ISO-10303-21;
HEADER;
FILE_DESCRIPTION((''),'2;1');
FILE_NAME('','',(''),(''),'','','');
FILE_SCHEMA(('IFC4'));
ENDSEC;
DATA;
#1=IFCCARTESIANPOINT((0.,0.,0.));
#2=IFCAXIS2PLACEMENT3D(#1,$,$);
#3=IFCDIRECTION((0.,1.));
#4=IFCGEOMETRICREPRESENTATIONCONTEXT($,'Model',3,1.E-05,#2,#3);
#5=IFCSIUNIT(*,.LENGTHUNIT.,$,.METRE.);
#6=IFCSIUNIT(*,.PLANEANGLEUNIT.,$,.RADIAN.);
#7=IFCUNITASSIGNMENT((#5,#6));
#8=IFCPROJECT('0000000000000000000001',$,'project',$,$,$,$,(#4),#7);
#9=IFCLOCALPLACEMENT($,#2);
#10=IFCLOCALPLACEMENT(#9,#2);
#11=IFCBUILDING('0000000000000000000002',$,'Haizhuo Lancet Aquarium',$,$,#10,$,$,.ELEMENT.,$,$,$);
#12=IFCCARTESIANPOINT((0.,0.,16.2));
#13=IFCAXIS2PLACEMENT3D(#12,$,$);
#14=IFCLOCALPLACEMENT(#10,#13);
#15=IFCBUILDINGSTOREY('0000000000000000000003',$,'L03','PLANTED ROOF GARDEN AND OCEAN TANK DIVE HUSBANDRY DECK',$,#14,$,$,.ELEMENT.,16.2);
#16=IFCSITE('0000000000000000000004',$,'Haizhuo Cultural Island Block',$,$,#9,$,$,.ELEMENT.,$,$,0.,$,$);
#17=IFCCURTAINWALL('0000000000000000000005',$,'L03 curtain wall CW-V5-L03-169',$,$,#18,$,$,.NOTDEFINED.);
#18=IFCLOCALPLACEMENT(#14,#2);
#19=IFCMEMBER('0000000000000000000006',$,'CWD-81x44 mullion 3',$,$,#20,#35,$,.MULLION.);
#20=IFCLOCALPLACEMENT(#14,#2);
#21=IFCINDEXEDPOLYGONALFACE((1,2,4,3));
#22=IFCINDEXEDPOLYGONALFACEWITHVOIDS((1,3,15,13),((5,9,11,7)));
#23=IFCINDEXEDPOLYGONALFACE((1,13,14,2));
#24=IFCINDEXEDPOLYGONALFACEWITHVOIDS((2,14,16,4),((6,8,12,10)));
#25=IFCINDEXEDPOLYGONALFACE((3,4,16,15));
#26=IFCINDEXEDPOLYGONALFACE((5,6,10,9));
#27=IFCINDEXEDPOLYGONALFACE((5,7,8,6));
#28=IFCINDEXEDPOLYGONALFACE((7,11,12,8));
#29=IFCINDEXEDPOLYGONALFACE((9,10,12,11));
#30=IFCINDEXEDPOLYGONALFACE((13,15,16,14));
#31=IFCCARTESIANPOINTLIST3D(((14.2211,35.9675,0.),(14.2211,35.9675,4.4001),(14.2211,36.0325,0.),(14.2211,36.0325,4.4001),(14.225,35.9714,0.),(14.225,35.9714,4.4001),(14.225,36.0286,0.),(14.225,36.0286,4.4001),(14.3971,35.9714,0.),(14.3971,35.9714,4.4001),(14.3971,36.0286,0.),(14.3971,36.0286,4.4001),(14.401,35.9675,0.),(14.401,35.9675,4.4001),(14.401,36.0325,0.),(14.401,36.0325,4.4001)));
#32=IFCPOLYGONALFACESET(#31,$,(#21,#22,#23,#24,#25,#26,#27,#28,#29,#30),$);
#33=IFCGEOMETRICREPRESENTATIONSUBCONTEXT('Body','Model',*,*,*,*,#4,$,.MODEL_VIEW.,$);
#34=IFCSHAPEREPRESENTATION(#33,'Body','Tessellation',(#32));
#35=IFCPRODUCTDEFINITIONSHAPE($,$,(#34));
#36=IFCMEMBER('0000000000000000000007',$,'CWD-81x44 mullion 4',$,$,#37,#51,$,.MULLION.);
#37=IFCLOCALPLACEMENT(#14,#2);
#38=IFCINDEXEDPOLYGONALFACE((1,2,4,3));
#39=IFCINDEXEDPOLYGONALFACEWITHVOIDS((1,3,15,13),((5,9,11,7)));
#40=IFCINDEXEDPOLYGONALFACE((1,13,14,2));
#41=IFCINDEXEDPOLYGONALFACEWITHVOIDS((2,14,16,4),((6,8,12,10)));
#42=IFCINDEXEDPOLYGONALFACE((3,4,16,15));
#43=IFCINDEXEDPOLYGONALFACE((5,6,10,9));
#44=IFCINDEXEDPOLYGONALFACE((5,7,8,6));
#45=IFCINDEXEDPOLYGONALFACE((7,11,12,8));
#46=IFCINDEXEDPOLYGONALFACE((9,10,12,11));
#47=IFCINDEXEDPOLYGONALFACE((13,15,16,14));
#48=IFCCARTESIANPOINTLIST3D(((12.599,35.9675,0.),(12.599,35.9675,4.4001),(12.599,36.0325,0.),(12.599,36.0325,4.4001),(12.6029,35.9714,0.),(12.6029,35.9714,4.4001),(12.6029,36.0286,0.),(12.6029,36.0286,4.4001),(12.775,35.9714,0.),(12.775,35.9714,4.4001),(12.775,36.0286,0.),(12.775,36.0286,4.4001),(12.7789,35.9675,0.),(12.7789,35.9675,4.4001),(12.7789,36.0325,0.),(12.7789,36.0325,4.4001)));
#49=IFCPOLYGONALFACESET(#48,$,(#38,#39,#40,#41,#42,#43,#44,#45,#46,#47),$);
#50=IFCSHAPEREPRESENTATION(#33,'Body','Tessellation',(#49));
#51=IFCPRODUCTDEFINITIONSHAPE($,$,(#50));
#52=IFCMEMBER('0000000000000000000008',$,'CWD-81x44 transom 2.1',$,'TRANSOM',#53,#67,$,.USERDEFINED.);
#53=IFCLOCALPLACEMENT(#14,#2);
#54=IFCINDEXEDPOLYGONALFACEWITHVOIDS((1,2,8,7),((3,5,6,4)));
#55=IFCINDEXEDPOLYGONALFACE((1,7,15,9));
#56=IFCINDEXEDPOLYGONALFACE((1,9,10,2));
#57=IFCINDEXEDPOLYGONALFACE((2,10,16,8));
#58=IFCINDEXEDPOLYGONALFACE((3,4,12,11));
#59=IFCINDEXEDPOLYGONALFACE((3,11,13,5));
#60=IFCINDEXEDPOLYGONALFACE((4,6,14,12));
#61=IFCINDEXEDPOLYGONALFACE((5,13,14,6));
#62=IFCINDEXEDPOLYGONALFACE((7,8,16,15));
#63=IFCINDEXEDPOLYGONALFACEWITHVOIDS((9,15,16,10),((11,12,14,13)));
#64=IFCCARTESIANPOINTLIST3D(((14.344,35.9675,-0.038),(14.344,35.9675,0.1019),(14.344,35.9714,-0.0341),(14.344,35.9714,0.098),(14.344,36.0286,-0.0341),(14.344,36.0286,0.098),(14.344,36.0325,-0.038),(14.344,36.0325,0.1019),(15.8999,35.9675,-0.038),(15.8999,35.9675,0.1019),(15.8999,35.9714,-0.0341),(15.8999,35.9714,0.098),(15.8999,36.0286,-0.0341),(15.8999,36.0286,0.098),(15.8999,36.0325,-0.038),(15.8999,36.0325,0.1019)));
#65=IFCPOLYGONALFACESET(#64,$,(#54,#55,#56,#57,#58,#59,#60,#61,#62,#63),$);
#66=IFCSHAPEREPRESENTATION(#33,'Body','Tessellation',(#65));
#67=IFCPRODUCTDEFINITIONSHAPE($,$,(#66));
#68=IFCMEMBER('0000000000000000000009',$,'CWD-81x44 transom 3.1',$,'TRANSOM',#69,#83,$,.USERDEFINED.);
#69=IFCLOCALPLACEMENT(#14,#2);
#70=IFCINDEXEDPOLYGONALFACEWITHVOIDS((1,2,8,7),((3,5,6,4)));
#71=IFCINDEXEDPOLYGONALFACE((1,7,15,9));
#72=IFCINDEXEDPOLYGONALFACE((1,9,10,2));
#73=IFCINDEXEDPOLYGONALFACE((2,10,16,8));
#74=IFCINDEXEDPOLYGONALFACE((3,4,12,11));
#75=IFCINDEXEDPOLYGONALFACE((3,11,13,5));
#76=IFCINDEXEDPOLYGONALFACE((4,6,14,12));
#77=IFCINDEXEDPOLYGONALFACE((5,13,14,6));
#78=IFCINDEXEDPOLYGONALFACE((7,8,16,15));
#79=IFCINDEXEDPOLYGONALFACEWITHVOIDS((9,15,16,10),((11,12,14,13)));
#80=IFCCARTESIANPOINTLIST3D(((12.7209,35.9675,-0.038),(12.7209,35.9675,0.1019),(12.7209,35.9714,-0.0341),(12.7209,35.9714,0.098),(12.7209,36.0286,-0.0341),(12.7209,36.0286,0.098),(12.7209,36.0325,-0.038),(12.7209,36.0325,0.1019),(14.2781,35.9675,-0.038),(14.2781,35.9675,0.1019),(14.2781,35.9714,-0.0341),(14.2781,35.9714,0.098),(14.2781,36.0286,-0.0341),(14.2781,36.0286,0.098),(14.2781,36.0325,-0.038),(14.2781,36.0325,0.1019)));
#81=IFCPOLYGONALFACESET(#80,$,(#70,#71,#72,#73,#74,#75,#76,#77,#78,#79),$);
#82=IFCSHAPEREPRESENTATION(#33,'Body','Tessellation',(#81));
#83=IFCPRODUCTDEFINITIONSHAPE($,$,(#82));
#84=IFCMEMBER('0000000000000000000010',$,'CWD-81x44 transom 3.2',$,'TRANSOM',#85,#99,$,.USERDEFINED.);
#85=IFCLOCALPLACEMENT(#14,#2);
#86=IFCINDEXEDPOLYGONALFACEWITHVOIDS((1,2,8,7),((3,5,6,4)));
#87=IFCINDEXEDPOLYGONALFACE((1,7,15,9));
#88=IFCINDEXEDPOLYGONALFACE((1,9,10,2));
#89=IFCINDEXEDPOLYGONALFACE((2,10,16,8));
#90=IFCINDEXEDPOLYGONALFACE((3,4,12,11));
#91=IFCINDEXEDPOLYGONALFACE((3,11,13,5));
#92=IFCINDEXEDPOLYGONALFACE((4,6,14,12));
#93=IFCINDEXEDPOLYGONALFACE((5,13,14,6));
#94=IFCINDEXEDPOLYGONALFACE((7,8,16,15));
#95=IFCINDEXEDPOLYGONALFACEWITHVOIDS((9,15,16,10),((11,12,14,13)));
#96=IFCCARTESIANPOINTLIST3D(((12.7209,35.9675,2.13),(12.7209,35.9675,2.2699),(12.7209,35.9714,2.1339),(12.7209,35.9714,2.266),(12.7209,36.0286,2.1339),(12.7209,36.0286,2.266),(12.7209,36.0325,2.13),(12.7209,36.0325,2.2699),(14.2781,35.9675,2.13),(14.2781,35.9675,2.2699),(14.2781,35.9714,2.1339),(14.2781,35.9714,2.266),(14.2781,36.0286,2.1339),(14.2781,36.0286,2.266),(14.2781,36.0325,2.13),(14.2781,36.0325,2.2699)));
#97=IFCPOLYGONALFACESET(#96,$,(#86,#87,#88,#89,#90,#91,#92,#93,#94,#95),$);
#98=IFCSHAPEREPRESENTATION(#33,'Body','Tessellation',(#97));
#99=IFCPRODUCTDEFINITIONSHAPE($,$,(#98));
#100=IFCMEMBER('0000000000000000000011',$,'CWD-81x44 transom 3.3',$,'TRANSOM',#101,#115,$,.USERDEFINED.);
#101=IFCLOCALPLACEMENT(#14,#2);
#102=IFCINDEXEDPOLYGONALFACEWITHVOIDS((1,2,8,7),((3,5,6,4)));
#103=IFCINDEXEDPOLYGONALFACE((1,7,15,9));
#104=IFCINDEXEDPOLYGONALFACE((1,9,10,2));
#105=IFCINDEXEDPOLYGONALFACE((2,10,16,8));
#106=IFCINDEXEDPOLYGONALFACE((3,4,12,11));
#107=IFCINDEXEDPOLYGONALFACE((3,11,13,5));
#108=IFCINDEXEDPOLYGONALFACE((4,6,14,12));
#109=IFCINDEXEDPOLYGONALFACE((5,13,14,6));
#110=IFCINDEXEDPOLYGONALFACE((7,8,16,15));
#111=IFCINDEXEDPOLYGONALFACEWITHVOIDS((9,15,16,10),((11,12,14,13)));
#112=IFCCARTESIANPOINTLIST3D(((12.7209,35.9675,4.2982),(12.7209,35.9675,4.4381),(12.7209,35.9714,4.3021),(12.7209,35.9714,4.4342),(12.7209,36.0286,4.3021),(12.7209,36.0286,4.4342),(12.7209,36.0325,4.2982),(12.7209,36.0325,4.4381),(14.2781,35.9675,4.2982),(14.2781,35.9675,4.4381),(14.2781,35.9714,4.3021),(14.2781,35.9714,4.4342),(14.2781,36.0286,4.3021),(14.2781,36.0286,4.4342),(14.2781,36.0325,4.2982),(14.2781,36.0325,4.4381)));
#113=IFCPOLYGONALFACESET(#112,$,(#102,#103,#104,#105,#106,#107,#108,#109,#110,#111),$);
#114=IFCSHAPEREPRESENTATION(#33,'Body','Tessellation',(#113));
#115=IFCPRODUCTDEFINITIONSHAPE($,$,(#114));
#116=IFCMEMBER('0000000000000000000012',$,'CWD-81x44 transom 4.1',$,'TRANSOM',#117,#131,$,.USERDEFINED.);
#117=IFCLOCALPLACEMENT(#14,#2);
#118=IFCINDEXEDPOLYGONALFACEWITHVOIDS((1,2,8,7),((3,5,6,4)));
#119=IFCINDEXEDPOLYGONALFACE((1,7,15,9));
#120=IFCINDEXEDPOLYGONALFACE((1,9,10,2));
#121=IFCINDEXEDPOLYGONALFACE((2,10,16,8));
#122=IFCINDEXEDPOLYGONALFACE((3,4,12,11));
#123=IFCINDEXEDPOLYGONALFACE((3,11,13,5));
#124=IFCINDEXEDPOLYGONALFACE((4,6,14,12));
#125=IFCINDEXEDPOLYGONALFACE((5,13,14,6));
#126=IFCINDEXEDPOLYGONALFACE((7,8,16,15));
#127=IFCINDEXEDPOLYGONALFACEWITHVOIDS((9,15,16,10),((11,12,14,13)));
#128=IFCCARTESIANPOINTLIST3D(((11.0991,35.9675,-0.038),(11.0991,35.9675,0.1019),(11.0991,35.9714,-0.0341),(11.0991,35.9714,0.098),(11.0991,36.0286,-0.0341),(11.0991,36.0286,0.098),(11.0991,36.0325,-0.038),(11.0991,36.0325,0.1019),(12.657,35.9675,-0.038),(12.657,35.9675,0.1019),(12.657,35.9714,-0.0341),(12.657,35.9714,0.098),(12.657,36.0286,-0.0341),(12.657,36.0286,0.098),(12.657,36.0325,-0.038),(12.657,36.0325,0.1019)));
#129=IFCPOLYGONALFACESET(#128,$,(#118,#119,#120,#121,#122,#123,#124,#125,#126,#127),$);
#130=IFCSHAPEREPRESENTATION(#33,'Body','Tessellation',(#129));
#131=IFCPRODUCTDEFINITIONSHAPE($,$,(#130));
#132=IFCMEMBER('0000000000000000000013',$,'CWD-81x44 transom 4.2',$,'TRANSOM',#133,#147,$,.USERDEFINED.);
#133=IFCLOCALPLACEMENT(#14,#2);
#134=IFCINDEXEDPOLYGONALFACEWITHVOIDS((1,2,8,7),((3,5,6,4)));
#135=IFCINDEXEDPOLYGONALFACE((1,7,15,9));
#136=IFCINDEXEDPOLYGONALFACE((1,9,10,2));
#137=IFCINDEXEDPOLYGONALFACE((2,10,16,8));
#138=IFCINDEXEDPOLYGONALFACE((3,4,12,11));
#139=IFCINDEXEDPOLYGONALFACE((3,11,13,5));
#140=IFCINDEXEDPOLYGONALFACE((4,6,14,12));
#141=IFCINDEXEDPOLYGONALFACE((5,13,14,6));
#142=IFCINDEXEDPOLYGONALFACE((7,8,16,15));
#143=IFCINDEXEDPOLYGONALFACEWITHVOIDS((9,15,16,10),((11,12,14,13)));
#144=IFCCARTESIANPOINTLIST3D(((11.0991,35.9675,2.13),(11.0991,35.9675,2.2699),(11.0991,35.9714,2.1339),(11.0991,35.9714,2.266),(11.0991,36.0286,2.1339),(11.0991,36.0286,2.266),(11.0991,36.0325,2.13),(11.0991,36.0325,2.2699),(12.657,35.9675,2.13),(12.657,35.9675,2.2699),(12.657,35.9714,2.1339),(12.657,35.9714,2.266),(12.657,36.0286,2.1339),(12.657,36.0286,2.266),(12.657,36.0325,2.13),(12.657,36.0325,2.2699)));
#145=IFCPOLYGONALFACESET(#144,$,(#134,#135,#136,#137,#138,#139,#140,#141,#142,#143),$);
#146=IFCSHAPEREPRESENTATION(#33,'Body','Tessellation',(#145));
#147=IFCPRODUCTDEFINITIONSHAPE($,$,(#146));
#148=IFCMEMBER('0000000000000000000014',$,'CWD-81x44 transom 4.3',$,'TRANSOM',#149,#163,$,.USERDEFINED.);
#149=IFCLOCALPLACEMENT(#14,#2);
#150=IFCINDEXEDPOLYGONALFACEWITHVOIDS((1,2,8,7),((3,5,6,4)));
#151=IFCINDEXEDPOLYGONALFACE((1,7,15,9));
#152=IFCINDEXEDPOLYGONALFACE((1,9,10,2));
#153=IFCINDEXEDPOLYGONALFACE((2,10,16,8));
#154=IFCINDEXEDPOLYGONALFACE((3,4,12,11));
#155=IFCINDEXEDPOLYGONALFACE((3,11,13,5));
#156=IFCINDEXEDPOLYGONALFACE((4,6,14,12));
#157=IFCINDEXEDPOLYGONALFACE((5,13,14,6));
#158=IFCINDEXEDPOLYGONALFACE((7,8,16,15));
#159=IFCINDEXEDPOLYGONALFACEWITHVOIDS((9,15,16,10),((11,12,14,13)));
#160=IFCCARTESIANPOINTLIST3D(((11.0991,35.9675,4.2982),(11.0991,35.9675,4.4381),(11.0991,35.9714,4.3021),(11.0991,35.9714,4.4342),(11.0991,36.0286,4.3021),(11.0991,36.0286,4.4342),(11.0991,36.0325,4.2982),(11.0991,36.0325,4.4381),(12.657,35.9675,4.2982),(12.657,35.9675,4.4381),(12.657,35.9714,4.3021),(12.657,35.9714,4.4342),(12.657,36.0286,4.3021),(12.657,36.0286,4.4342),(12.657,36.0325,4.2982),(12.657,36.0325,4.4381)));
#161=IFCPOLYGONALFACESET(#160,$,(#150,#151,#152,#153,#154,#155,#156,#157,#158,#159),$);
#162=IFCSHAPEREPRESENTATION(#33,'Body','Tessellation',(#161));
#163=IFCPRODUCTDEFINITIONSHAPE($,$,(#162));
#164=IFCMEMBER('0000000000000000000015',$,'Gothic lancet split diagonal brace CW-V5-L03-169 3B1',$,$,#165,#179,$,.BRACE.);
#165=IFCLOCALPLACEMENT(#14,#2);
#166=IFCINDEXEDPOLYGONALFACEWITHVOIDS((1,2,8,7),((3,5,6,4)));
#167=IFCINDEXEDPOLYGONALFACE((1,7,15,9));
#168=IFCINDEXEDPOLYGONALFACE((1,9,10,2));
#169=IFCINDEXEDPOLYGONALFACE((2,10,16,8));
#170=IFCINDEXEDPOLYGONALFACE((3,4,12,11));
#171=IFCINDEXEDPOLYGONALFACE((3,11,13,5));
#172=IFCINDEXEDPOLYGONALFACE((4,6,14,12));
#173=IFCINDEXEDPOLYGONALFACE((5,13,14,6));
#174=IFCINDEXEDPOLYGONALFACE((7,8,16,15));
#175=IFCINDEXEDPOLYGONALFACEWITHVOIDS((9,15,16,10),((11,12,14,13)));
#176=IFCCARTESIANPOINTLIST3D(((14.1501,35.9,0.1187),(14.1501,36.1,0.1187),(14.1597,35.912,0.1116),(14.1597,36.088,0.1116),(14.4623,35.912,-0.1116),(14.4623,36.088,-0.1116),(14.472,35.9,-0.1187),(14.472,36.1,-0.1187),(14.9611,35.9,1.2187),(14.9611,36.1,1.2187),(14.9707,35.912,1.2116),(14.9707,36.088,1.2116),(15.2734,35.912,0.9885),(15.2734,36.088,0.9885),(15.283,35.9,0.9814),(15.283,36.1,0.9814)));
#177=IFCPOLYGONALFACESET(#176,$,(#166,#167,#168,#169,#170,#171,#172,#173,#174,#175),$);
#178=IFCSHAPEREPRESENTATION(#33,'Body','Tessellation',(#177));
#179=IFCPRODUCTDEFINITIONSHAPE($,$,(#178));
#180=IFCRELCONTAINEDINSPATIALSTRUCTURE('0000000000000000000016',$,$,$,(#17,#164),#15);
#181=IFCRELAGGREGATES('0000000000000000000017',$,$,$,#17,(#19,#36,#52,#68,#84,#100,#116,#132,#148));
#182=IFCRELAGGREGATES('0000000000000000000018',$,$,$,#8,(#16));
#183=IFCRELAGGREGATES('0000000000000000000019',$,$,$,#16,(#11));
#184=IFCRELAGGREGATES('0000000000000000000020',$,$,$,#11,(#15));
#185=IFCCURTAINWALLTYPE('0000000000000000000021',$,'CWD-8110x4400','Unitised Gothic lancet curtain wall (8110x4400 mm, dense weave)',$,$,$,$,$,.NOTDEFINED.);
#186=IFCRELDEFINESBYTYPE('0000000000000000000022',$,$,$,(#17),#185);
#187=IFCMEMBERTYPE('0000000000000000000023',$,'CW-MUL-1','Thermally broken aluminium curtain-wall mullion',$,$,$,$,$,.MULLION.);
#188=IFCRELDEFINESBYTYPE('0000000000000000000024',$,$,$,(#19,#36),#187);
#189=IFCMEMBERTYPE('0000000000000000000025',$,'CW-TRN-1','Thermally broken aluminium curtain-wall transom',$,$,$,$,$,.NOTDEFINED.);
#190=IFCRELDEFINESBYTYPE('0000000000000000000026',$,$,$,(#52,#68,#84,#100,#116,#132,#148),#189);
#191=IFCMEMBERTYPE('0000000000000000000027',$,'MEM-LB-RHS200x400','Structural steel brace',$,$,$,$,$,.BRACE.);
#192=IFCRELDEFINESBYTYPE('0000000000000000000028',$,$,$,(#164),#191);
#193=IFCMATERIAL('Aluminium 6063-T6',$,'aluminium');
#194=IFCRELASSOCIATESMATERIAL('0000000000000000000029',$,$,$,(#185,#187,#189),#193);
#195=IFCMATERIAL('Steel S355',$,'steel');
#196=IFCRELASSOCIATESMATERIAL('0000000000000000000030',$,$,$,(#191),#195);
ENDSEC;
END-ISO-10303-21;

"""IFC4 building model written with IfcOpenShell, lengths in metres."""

from ifc_helpers import new_model, si_unit, direction, frame, origin, origin_2d, place, context, subcontext, project, spatial, hollow_rectangle, extrude, material, material_profile, profile_set, type_object, element, aggregate, save


model = new_model("IFC4")

# Units and contexts
model_context = context("Model", 3, precision=1e-05, world=origin(), true_north=direction((0.0, 1.0)))
body_context = subcontext(model_context, "Body", "Model", "MODEL_VIEW")
ifc_project = project(units=[si_unit("LENGTHUNIT", "METRE"), si_unit("PLANEANGLEUNIT", "RADIAN")], contexts=[model_context])

# Site, building, storey
site_placement = place(None, origin())
site = spatial("IfcSite", under=ifc_project, at=site_placement, Name="Haizhuo Cultural Island Block", CompositionType="ELEMENT", RefElevation=0.0)
building_placement = place(site_placement, origin())
building = spatial("IfcBuilding", under=site, at=building_placement, Name="Haizhuo Lancet Aquarium", CompositionType="ELEMENT")
storey_placement = place(building_placement, frame((0.0, 0.0, 16.2)))
storey = spatial("IfcBuildingStorey", under=building, at=storey_placement, Name="L03", Description="PLANTED ROOF GARDEN AND OCEAN TANK DIVE HUSBANDRY DECK", CompositionType="ELEMENT", Elevation=16.2)

# Curtain wall, members
ifc_material_1 = material(Name="Aluminium 6063-T6", Category="aluminium")
curtain_wall_type = type_object("IfcCurtainWallType", Name="CWD-8110x4400", Description="Unitised Gothic lancet curtain wall (8110x4400 mm, dense weave)", PredefinedType="NOTDEFINED", material=ifc_material_1)
curtain_wall_placement = place(storey_placement, origin())
curtain_wall = element("IfcCurtainWall", 1, at=curtain_wall_placement, inside=storey, type_object=curtain_wall_type, Name="L03 curtain wall CW-V5-L03-169", PredefinedType="NOTDEFINED")
ifc_material_profile_1 = material_profile(ifc_material_1, hollow_rectangle(XDim=0.0649, YDim=0.1799, WallThickness=0.0039, at=origin_2d()), Name="ALU-M 65x180x4")
ifc_profile_set_1 = profile_set([ifc_material_profile_1], Name="Aluminium 6063-T6")
member_type_1 = type_object("IfcMemberType", Name="CW-MUL-1", Description="Thermally broken aluminium curtain-wall mullion", PredefinedType="MULLION", material=ifc_profile_set_1)
member_1_placement = place(storey_placement, frame((14.311, 36.0, 0.0), z_axis=(0.0, 0.0, 1.0), x_axis=(0.0, -1.0, 0.0)))
member_1 = element("IfcMember", 2, at=member_1_placement, type_object=member_type_1, Name="CWD-81x44 mullion 3", PredefinedType="MULLION", context=body_context, shape_type="SweptSolid", body=[
    extrude(hollow_rectangle(XDim=0.0649, YDim=0.1799, WallThickness=0.0039, at=origin_2d()), origin(), (0.0, 0.0, 1.0), 4.4001),
])
member_2_placement = place(storey_placement, frame((12.689, 36.0, 0.0), z_axis=(0.0, 0.0, 1.0), x_axis=(0.0, -1.0, 0.0)))
member_2 = element("IfcMember", 3, at=member_2_placement, type_object=member_type_1, Name="CWD-81x44 mullion 4", PredefinedType="MULLION", context=body_context, shape_type="SweptSolid", body=[
    extrude(hollow_rectangle(XDim=0.0649, YDim=0.1799, WallThickness=0.0039, at=origin_2d()), origin(), (0.0, 0.0, 1.0), 4.4001),
])
ifc_material_profile_2 = material_profile(ifc_material_1, hollow_rectangle(XDim=0.0649, YDim=0.1399, WallThickness=0.0039, at=origin_2d()), Name="ALU-T 65x140x4")
ifc_profile_set_2 = profile_set([ifc_material_profile_2], Name="Aluminium 6063-T6")
member_type_2 = type_object("IfcMemberType", Name="CW-TRN-1", Description="Thermally broken aluminium curtain-wall transom", PredefinedType="NOTDEFINED", material=ifc_profile_set_2)
member_3_placement = place(storey_placement, frame((15.8999, 36.0, 0.032), z_axis=(-1.0, 0.0, 0.0), x_axis=(0.0, -1.0, 0.0)))
member_3 = element("IfcMember", 4, at=member_3_placement, type_object=member_type_2, Name="CWD-81x44 transom 2.1", ObjectType="TRANSOM", PredefinedType="USERDEFINED", context=body_context, shape_type="SweptSolid", body=[
    extrude(hollow_rectangle(XDim=0.0649, YDim=0.1399, WallThickness=0.0039, at=origin_2d()), origin(), (0.0, 0.0, 1.0), 1.5559),
])
member_4_placement = place(storey_placement, frame((14.2781, 36.0, 0.032), z_axis=(-1.0, 0.0, 0.0), x_axis=(0.0, -1.0, 0.0)))
member_4 = element("IfcMember", 5, at=member_4_placement, type_object=member_type_2, Name="CWD-81x44 transom 3.1", ObjectType="TRANSOM", PredefinedType="USERDEFINED", context=body_context, shape_type="SweptSolid", body=[
    extrude(hollow_rectangle(XDim=0.0649, YDim=0.1399, WallThickness=0.0039, at=origin_2d()), origin(), (0.0, 0.0, 1.0), 1.5571),
])
member_5_placement = place(storey_placement, frame((14.2781, 36.0, 2.2), z_axis=(-1.0, 0.0, 0.0), x_axis=(0.0, -1.0, 0.0)))
member_5 = element("IfcMember", 6, at=member_5_placement, type_object=member_type_2, Name="CWD-81x44 transom 3.2", ObjectType="TRANSOM", PredefinedType="USERDEFINED", context=body_context, shape_type="SweptSolid", body=[
    extrude(hollow_rectangle(XDim=0.0649, YDim=0.1399, WallThickness=0.0039, at=origin_2d()), origin(), (0.0, 0.0, 1.0), 1.5571),
])
member_6_placement = place(storey_placement, frame((14.2781, 36.0, 4.3682), z_axis=(-1.0, 0.0, 0.0), x_axis=(0.0, -1.0, 0.0)))
member_6 = element("IfcMember", 7, at=member_6_placement, type_object=member_type_2, Name="CWD-81x44 transom 3.3", ObjectType="TRANSOM", PredefinedType="USERDEFINED", context=body_context, shape_type="SweptSolid", body=[
    extrude(hollow_rectangle(XDim=0.0649, YDim=0.1399, WallThickness=0.0039, at=origin_2d()), origin(), (0.0, 0.0, 1.0), 1.5571),
])
member_7_placement = place(storey_placement, frame((12.657, 36.0, 0.032), z_axis=(-1.0, 0.0, 0.0), x_axis=(0.0, -1.0, 0.0)))
member_7 = element("IfcMember", 8, at=member_7_placement, type_object=member_type_2, Name="CWD-81x44 transom 4.1", ObjectType="TRANSOM", PredefinedType="USERDEFINED", context=body_context, shape_type="SweptSolid", body=[
    extrude(hollow_rectangle(XDim=0.0649, YDim=0.1399, WallThickness=0.0039, at=origin_2d()), origin(), (0.0, 0.0, 1.0), 1.5579),
])
member_8_placement = place(storey_placement, frame((12.657, 36.0, 2.2), z_axis=(-1.0, 0.0, 0.0), x_axis=(0.0, -1.0, 0.0)))
member_8 = element("IfcMember", 9, at=member_8_placement, type_object=member_type_2, Name="CWD-81x44 transom 4.2", ObjectType="TRANSOM", PredefinedType="USERDEFINED", context=body_context, shape_type="SweptSolid", body=[
    extrude(hollow_rectangle(XDim=0.0649, YDim=0.1399, WallThickness=0.0039, at=origin_2d()), origin(), (0.0, 0.0, 1.0), 1.5579),
])
member_9_placement = place(storey_placement, frame((12.657, 36.0, 4.3682), z_axis=(-1.0, 0.0, 0.0), x_axis=(0.0, -1.0, 0.0)))
member_9 = element("IfcMember", 10, at=member_9_placement, type_object=member_type_2, Name="CWD-81x44 transom 4.3", ObjectType="TRANSOM", PredefinedType="USERDEFINED", context=body_context, shape_type="SweptSolid", body=[
    extrude(hollow_rectangle(XDim=0.0649, YDim=0.1399, WallThickness=0.0039, at=origin_2d()), origin(), (0.0, 0.0, 1.0), 1.5579),
])

# Member
ifc_material_2 = material(Name="Steel S355", Category="steel")
ifc_material_profile_3 = material_profile(ifc_material_2, hollow_rectangle(XDim=0.2, YDim=0.3999, WallThickness=0.012, at=origin_2d()), Name="RHS 200x400x12")
ifc_profile_set_3 = profile_set([ifc_material_profile_3], Name="Steel S355")
member_type_3 = type_object("IfcMemberType", Name="MEM-LB-RHS200x400", Description="Structural steel brace", PredefinedType="BRACE", material=ifc_profile_set_3)
member_10_placement = place(storey_placement, frame((14.311, 36.0, 0.0), z_axis=(0.593406, 0.0, 0.804903), x_axis=(0.0, 1.0, 0.0)))
element("IfcMember", 11, at=member_10_placement, inside=storey, type_object=member_type_3, Name="Gothic lancet split diagonal brace CW-V5-L03-169 3B1", PredefinedType="BRACE", context=body_context, shape_type="SweptSolid", body=[
    extrude(hollow_rectangle(XDim=0.2, YDim=0.3999, WallThickness=0.012, at=origin_2d()), origin(), (0.0, 0.0, 1.0), 1.3667),
])

aggregate(curtain_wall, [member_1, member_2, member_3, member_4, member_5, member_6, member_7, member_8, member_9])

save(model, "model.ifc")
